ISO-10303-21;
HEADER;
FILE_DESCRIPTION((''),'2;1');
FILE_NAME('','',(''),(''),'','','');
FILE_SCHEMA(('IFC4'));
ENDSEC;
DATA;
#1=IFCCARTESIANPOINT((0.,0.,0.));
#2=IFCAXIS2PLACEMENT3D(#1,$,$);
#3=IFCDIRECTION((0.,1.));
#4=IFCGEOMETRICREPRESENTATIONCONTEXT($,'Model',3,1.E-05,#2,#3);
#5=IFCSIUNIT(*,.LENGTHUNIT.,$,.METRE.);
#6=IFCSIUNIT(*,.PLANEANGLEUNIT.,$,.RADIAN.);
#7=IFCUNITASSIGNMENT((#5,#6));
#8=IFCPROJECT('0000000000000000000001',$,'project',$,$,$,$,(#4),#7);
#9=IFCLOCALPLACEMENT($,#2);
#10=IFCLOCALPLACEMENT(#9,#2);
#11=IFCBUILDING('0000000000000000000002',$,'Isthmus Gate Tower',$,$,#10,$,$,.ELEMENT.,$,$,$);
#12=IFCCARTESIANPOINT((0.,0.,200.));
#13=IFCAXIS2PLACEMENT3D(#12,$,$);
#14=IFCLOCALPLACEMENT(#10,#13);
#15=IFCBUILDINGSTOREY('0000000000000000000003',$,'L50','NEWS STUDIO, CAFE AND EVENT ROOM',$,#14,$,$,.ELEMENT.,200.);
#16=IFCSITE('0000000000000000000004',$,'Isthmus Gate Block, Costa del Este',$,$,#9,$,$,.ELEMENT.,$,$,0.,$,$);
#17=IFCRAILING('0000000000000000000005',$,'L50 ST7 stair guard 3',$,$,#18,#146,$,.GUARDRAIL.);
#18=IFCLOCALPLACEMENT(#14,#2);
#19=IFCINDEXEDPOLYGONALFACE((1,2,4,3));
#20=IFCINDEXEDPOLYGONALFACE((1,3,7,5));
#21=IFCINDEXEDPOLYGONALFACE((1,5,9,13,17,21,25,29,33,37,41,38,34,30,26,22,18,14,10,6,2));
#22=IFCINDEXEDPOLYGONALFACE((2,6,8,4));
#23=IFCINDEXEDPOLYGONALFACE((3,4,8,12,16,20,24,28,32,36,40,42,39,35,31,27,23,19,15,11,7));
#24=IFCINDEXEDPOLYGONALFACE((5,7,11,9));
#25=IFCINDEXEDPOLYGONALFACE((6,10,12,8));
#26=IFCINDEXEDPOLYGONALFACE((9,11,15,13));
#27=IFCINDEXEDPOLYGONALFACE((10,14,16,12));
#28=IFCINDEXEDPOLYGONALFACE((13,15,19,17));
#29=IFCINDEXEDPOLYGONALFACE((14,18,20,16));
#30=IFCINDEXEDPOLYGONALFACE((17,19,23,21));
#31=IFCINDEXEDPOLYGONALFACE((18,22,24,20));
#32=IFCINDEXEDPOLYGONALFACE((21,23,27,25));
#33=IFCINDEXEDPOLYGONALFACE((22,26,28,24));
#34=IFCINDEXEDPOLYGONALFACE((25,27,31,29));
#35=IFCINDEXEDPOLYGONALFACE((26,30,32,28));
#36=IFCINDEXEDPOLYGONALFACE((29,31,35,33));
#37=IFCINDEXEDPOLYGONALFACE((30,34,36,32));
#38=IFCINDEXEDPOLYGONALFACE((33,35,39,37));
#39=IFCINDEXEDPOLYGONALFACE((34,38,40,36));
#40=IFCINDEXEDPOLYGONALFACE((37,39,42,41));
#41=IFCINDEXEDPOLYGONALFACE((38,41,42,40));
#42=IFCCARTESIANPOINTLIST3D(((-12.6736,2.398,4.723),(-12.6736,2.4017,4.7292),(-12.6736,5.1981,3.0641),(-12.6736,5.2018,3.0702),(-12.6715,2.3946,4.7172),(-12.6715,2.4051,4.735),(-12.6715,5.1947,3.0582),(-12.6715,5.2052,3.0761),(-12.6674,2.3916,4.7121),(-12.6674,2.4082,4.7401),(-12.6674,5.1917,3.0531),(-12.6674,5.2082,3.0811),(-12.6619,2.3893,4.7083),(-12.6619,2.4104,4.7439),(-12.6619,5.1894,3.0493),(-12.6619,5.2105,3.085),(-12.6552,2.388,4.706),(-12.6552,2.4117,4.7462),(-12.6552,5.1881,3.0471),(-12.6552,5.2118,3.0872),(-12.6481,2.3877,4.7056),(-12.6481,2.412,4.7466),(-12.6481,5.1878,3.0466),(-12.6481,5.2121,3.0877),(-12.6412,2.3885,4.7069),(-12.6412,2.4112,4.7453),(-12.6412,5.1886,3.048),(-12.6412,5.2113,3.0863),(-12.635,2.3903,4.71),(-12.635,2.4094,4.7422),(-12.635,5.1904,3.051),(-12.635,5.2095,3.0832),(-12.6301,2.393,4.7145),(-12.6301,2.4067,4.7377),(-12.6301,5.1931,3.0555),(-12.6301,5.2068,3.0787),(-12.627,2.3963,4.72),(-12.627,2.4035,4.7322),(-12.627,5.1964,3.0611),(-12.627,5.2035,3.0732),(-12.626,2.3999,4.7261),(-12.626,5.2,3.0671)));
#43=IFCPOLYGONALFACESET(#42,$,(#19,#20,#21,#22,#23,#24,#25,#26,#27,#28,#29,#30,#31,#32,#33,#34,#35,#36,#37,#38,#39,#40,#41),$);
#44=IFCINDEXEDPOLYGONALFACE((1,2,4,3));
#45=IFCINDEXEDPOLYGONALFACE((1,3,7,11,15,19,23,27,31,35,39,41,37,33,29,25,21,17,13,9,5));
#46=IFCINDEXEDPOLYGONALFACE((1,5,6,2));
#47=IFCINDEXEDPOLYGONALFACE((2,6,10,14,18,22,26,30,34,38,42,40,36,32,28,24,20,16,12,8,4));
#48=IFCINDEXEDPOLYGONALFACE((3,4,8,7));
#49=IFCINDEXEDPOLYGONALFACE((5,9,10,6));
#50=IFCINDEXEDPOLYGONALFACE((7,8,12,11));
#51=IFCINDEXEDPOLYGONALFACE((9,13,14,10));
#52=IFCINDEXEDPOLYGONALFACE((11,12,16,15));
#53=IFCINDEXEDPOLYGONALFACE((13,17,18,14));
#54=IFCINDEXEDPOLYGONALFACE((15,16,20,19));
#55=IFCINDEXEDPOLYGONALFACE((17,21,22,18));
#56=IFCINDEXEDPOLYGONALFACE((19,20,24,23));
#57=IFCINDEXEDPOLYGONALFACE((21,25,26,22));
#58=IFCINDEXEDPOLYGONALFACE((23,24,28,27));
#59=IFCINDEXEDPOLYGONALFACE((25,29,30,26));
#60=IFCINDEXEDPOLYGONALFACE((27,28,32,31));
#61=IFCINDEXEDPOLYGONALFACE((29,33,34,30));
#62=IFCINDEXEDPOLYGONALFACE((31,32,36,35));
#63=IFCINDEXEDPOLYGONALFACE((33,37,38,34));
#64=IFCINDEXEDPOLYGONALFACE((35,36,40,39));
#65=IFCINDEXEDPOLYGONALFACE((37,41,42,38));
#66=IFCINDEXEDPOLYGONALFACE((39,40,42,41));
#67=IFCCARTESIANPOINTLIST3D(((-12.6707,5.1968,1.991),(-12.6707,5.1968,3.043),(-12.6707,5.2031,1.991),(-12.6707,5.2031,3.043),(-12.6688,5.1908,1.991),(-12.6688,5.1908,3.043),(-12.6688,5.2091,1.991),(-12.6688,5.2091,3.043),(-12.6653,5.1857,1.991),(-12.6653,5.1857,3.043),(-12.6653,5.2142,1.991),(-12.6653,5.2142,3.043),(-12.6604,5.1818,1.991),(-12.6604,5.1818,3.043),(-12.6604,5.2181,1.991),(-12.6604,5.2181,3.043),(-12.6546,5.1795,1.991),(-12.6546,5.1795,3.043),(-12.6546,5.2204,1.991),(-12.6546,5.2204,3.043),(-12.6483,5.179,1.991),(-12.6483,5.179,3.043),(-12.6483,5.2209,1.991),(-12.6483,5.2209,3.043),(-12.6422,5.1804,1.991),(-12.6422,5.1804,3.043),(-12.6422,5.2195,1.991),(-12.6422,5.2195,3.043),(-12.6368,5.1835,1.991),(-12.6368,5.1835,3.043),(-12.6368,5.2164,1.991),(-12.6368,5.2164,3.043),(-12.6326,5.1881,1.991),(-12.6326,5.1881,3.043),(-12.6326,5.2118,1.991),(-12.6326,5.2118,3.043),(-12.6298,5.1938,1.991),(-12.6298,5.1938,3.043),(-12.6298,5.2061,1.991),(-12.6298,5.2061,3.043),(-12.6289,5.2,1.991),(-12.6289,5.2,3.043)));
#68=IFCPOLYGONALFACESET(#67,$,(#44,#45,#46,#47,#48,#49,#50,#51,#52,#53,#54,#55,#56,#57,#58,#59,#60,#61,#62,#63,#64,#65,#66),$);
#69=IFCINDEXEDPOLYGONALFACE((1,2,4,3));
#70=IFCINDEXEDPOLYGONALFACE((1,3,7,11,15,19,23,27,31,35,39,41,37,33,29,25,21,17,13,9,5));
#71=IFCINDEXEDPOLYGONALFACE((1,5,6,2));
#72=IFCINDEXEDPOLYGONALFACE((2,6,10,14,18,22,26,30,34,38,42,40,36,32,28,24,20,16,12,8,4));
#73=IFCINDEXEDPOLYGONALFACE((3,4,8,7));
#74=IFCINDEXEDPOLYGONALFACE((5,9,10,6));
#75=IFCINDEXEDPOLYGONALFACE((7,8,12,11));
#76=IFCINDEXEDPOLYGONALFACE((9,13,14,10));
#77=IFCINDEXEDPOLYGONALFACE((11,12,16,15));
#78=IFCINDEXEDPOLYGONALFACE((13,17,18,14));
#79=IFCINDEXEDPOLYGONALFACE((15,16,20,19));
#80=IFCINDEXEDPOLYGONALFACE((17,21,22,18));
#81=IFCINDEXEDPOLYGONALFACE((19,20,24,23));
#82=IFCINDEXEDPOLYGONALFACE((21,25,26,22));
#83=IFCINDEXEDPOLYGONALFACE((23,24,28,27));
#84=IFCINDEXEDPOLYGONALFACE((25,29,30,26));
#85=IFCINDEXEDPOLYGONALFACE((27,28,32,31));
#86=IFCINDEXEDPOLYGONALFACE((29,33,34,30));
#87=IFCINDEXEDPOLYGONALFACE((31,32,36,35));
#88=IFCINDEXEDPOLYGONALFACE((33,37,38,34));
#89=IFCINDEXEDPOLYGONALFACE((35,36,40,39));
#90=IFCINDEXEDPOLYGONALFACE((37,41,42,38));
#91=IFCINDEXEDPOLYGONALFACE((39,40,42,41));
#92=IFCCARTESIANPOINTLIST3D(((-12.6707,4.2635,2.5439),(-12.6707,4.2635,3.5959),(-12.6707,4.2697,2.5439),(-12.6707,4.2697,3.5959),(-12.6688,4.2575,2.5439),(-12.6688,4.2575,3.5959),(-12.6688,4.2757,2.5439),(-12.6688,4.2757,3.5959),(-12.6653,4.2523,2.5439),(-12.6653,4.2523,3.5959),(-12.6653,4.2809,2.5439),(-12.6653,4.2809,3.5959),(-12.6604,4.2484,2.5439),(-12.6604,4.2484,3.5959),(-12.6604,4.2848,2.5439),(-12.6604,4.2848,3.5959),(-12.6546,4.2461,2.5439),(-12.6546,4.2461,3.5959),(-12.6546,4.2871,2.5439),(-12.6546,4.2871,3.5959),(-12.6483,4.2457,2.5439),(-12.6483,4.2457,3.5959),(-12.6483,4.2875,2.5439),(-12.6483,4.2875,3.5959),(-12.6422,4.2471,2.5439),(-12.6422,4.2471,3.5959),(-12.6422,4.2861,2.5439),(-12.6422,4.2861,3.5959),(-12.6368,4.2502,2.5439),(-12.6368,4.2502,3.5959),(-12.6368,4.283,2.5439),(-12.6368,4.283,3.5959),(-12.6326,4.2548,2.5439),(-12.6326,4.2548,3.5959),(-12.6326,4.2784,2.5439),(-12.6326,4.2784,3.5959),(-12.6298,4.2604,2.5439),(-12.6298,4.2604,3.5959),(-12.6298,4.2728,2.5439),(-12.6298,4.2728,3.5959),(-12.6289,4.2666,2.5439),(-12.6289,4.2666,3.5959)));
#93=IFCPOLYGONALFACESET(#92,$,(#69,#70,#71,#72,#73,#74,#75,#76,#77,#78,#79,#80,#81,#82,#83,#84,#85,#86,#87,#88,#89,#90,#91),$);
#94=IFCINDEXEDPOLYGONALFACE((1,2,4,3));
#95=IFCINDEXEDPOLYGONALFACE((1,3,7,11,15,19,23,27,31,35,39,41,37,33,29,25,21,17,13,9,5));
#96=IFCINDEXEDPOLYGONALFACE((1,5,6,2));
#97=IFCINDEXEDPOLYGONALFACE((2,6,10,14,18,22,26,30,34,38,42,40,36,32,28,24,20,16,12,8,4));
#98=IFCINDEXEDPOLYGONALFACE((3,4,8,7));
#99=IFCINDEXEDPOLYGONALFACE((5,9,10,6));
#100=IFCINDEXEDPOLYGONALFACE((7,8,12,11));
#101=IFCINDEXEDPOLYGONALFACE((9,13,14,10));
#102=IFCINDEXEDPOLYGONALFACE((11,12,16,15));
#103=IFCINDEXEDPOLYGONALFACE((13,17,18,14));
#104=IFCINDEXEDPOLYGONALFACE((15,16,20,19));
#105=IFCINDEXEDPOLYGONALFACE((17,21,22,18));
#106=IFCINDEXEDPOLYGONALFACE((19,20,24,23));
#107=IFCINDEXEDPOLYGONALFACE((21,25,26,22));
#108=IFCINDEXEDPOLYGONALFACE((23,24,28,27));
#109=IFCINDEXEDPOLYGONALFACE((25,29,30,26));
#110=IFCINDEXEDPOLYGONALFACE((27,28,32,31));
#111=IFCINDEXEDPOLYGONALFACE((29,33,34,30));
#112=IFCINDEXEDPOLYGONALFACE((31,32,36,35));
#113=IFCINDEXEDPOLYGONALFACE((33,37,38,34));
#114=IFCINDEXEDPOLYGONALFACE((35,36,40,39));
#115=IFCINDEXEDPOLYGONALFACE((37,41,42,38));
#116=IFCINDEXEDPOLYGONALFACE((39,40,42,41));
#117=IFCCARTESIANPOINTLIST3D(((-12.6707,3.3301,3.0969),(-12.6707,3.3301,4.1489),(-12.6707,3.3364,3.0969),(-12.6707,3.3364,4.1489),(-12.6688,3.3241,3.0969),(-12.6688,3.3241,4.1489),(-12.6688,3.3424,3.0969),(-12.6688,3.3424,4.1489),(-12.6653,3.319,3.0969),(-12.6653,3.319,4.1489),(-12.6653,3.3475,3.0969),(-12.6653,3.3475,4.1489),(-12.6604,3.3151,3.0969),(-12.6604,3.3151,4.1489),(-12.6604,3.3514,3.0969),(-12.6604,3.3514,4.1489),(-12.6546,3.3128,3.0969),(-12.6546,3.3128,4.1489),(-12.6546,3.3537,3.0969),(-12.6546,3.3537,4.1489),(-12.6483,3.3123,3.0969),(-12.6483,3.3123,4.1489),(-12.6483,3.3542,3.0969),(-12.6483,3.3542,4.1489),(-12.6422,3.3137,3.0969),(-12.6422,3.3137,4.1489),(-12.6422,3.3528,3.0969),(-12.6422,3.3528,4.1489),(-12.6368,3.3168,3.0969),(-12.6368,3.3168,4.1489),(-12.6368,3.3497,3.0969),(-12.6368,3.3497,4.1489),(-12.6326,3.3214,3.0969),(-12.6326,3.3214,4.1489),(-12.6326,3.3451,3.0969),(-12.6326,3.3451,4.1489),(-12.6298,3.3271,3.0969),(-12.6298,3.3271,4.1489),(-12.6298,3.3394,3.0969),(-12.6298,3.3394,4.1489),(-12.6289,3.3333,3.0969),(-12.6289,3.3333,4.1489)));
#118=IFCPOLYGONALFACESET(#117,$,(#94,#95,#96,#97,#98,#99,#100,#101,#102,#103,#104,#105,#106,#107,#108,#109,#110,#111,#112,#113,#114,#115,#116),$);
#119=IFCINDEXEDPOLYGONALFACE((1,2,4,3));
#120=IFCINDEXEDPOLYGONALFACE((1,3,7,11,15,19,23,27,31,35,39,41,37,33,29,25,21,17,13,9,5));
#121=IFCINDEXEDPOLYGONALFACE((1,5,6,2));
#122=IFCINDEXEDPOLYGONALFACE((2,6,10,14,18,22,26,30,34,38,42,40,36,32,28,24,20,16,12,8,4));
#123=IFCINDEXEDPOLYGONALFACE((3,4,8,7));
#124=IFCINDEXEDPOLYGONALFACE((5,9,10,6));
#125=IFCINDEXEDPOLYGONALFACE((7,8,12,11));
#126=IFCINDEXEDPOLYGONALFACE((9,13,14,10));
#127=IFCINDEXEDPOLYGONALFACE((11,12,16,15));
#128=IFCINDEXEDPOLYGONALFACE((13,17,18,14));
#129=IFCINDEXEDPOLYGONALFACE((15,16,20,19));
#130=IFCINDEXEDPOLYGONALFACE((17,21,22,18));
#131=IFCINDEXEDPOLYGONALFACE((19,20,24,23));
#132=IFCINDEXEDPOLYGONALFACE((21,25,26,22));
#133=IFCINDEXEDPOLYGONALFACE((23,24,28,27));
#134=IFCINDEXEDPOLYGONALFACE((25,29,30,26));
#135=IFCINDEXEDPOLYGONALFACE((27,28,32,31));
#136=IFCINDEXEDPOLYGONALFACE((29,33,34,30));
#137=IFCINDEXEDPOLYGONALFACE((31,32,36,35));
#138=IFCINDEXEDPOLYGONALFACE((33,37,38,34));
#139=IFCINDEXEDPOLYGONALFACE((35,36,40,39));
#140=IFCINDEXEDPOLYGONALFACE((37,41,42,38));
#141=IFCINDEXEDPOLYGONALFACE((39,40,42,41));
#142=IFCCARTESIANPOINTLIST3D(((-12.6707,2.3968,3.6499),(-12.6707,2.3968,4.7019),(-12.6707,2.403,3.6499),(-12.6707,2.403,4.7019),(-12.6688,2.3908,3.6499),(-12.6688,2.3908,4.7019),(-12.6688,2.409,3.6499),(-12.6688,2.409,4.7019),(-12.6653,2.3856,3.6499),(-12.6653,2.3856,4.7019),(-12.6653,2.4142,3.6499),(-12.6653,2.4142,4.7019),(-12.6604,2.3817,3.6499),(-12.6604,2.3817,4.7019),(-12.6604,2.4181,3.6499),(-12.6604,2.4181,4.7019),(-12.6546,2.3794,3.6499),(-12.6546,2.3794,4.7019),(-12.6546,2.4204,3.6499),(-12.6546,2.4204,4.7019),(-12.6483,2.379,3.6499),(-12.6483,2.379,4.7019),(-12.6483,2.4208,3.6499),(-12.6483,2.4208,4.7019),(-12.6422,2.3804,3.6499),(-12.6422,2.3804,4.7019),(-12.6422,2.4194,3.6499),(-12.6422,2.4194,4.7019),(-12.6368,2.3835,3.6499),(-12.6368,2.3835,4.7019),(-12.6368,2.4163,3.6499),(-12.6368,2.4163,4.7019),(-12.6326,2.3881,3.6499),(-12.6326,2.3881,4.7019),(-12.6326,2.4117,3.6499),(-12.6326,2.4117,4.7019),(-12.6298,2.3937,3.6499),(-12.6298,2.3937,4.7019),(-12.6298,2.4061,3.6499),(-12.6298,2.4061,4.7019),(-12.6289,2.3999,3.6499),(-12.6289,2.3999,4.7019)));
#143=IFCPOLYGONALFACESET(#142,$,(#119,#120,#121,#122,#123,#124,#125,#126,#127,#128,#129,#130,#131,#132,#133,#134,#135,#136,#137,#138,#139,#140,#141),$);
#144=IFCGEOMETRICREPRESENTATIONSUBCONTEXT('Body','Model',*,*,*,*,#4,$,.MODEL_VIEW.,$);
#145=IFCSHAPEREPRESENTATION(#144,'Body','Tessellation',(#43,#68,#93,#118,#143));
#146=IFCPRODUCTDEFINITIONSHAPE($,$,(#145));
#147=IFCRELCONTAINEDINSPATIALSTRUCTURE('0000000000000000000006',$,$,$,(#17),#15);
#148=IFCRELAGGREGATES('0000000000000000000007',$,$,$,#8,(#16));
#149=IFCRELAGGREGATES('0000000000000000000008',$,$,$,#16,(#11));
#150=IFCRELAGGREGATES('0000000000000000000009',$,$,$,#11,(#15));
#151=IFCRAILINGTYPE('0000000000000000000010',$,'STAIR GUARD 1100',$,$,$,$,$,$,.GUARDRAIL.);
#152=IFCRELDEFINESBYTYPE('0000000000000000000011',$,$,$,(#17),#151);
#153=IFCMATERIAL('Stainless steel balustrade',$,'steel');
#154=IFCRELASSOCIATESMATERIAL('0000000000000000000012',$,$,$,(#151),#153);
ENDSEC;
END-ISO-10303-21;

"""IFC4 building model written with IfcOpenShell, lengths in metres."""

from ifc_helpers import new_model, si_unit, direction, frame, origin, origin_2d, place, context, subcontext, project, spatial, circle, extrude, material, type_object, element, save


model = new_model("IFC4")

# Units and contexts
model_context = context("Model", 3, precision=1e-05, world=origin(), true_north=direction((0.0, 1.0)))
body_context = subcontext(model_context, "Body", "Model", "MODEL_VIEW")
ifc_project = project(units=[si_unit("LENGTHUNIT", "METRE"), si_unit("PLANEANGLEUNIT", "RADIAN")], contexts=[model_context])

# Site, building, storey
site_placement = place(None, origin())
site = spatial("IfcSite", under=ifc_project, at=site_placement, Name="Isthmus Gate Block, Costa del Este", CompositionType="ELEMENT", RefElevation=0.0)
building_placement = place(site_placement, origin())
building = spatial("IfcBuilding", under=site, at=building_placement, Name="Isthmus Gate Tower", CompositionType="ELEMENT")
storey_placement = place(building_placement, frame((0.0, 0.0, 200.0)))
storey = spatial("IfcBuildingStorey", under=building, at=storey_placement, Name="L50", Description="NEWS STUDIO, CAFE AND EVENT ROOM", CompositionType="ELEMENT", Elevation=200.0)

# Railing
ifc_material_1 = material(Name="Stainless steel balustrade", Category="steel")
railing_type_1 = type_object("IfcRailingType", Name="STAIR GUARD 1100", PredefinedType="GUARDRAIL", material=ifc_material_1)
railing_1_placement = place(storey_placement, frame((-12.6499, 5.2, 1.991)))
element("IfcRailing", 1, at=railing_1_placement, inside=storey, type_object=railing_type_1, Name="L50 ST7 stair guard 3", PredefinedType="GUARDRAIL", context=body_context, shape_type="SweptSolid", body=[
    extrude(circle(Radius=0.0239, at=origin_2d()), frame((0.0, 0.0, 1.0762), z_axis=(0.0, -0.860339, 0.509722), x_axis=(1.0, 0.0, 0.0)), (0.0, 0.0, 1.0), 3.2546),
    extrude(circle(Radius=0.021, at=origin_2d()), origin(), (0.0, 0.0, 1.0), 1.052),
    extrude(circle(Radius=0.021, at=origin_2d()), frame((0.0, -0.9333, 0.553)), (0.0, 0.0, 1.0), 1.052),
    extrude(circle(Radius=0.021, at=origin_2d()), frame((0.0, -1.8667, 1.106)), (0.0, 0.0, 1.0), 1.052),
    extrude(circle(Radius=0.021, at=origin_2d()), frame((0.0, -2.8, 1.6589)), (0.0, 0.0, 1.0), 1.052),
])

save(model, "model.ifc")
